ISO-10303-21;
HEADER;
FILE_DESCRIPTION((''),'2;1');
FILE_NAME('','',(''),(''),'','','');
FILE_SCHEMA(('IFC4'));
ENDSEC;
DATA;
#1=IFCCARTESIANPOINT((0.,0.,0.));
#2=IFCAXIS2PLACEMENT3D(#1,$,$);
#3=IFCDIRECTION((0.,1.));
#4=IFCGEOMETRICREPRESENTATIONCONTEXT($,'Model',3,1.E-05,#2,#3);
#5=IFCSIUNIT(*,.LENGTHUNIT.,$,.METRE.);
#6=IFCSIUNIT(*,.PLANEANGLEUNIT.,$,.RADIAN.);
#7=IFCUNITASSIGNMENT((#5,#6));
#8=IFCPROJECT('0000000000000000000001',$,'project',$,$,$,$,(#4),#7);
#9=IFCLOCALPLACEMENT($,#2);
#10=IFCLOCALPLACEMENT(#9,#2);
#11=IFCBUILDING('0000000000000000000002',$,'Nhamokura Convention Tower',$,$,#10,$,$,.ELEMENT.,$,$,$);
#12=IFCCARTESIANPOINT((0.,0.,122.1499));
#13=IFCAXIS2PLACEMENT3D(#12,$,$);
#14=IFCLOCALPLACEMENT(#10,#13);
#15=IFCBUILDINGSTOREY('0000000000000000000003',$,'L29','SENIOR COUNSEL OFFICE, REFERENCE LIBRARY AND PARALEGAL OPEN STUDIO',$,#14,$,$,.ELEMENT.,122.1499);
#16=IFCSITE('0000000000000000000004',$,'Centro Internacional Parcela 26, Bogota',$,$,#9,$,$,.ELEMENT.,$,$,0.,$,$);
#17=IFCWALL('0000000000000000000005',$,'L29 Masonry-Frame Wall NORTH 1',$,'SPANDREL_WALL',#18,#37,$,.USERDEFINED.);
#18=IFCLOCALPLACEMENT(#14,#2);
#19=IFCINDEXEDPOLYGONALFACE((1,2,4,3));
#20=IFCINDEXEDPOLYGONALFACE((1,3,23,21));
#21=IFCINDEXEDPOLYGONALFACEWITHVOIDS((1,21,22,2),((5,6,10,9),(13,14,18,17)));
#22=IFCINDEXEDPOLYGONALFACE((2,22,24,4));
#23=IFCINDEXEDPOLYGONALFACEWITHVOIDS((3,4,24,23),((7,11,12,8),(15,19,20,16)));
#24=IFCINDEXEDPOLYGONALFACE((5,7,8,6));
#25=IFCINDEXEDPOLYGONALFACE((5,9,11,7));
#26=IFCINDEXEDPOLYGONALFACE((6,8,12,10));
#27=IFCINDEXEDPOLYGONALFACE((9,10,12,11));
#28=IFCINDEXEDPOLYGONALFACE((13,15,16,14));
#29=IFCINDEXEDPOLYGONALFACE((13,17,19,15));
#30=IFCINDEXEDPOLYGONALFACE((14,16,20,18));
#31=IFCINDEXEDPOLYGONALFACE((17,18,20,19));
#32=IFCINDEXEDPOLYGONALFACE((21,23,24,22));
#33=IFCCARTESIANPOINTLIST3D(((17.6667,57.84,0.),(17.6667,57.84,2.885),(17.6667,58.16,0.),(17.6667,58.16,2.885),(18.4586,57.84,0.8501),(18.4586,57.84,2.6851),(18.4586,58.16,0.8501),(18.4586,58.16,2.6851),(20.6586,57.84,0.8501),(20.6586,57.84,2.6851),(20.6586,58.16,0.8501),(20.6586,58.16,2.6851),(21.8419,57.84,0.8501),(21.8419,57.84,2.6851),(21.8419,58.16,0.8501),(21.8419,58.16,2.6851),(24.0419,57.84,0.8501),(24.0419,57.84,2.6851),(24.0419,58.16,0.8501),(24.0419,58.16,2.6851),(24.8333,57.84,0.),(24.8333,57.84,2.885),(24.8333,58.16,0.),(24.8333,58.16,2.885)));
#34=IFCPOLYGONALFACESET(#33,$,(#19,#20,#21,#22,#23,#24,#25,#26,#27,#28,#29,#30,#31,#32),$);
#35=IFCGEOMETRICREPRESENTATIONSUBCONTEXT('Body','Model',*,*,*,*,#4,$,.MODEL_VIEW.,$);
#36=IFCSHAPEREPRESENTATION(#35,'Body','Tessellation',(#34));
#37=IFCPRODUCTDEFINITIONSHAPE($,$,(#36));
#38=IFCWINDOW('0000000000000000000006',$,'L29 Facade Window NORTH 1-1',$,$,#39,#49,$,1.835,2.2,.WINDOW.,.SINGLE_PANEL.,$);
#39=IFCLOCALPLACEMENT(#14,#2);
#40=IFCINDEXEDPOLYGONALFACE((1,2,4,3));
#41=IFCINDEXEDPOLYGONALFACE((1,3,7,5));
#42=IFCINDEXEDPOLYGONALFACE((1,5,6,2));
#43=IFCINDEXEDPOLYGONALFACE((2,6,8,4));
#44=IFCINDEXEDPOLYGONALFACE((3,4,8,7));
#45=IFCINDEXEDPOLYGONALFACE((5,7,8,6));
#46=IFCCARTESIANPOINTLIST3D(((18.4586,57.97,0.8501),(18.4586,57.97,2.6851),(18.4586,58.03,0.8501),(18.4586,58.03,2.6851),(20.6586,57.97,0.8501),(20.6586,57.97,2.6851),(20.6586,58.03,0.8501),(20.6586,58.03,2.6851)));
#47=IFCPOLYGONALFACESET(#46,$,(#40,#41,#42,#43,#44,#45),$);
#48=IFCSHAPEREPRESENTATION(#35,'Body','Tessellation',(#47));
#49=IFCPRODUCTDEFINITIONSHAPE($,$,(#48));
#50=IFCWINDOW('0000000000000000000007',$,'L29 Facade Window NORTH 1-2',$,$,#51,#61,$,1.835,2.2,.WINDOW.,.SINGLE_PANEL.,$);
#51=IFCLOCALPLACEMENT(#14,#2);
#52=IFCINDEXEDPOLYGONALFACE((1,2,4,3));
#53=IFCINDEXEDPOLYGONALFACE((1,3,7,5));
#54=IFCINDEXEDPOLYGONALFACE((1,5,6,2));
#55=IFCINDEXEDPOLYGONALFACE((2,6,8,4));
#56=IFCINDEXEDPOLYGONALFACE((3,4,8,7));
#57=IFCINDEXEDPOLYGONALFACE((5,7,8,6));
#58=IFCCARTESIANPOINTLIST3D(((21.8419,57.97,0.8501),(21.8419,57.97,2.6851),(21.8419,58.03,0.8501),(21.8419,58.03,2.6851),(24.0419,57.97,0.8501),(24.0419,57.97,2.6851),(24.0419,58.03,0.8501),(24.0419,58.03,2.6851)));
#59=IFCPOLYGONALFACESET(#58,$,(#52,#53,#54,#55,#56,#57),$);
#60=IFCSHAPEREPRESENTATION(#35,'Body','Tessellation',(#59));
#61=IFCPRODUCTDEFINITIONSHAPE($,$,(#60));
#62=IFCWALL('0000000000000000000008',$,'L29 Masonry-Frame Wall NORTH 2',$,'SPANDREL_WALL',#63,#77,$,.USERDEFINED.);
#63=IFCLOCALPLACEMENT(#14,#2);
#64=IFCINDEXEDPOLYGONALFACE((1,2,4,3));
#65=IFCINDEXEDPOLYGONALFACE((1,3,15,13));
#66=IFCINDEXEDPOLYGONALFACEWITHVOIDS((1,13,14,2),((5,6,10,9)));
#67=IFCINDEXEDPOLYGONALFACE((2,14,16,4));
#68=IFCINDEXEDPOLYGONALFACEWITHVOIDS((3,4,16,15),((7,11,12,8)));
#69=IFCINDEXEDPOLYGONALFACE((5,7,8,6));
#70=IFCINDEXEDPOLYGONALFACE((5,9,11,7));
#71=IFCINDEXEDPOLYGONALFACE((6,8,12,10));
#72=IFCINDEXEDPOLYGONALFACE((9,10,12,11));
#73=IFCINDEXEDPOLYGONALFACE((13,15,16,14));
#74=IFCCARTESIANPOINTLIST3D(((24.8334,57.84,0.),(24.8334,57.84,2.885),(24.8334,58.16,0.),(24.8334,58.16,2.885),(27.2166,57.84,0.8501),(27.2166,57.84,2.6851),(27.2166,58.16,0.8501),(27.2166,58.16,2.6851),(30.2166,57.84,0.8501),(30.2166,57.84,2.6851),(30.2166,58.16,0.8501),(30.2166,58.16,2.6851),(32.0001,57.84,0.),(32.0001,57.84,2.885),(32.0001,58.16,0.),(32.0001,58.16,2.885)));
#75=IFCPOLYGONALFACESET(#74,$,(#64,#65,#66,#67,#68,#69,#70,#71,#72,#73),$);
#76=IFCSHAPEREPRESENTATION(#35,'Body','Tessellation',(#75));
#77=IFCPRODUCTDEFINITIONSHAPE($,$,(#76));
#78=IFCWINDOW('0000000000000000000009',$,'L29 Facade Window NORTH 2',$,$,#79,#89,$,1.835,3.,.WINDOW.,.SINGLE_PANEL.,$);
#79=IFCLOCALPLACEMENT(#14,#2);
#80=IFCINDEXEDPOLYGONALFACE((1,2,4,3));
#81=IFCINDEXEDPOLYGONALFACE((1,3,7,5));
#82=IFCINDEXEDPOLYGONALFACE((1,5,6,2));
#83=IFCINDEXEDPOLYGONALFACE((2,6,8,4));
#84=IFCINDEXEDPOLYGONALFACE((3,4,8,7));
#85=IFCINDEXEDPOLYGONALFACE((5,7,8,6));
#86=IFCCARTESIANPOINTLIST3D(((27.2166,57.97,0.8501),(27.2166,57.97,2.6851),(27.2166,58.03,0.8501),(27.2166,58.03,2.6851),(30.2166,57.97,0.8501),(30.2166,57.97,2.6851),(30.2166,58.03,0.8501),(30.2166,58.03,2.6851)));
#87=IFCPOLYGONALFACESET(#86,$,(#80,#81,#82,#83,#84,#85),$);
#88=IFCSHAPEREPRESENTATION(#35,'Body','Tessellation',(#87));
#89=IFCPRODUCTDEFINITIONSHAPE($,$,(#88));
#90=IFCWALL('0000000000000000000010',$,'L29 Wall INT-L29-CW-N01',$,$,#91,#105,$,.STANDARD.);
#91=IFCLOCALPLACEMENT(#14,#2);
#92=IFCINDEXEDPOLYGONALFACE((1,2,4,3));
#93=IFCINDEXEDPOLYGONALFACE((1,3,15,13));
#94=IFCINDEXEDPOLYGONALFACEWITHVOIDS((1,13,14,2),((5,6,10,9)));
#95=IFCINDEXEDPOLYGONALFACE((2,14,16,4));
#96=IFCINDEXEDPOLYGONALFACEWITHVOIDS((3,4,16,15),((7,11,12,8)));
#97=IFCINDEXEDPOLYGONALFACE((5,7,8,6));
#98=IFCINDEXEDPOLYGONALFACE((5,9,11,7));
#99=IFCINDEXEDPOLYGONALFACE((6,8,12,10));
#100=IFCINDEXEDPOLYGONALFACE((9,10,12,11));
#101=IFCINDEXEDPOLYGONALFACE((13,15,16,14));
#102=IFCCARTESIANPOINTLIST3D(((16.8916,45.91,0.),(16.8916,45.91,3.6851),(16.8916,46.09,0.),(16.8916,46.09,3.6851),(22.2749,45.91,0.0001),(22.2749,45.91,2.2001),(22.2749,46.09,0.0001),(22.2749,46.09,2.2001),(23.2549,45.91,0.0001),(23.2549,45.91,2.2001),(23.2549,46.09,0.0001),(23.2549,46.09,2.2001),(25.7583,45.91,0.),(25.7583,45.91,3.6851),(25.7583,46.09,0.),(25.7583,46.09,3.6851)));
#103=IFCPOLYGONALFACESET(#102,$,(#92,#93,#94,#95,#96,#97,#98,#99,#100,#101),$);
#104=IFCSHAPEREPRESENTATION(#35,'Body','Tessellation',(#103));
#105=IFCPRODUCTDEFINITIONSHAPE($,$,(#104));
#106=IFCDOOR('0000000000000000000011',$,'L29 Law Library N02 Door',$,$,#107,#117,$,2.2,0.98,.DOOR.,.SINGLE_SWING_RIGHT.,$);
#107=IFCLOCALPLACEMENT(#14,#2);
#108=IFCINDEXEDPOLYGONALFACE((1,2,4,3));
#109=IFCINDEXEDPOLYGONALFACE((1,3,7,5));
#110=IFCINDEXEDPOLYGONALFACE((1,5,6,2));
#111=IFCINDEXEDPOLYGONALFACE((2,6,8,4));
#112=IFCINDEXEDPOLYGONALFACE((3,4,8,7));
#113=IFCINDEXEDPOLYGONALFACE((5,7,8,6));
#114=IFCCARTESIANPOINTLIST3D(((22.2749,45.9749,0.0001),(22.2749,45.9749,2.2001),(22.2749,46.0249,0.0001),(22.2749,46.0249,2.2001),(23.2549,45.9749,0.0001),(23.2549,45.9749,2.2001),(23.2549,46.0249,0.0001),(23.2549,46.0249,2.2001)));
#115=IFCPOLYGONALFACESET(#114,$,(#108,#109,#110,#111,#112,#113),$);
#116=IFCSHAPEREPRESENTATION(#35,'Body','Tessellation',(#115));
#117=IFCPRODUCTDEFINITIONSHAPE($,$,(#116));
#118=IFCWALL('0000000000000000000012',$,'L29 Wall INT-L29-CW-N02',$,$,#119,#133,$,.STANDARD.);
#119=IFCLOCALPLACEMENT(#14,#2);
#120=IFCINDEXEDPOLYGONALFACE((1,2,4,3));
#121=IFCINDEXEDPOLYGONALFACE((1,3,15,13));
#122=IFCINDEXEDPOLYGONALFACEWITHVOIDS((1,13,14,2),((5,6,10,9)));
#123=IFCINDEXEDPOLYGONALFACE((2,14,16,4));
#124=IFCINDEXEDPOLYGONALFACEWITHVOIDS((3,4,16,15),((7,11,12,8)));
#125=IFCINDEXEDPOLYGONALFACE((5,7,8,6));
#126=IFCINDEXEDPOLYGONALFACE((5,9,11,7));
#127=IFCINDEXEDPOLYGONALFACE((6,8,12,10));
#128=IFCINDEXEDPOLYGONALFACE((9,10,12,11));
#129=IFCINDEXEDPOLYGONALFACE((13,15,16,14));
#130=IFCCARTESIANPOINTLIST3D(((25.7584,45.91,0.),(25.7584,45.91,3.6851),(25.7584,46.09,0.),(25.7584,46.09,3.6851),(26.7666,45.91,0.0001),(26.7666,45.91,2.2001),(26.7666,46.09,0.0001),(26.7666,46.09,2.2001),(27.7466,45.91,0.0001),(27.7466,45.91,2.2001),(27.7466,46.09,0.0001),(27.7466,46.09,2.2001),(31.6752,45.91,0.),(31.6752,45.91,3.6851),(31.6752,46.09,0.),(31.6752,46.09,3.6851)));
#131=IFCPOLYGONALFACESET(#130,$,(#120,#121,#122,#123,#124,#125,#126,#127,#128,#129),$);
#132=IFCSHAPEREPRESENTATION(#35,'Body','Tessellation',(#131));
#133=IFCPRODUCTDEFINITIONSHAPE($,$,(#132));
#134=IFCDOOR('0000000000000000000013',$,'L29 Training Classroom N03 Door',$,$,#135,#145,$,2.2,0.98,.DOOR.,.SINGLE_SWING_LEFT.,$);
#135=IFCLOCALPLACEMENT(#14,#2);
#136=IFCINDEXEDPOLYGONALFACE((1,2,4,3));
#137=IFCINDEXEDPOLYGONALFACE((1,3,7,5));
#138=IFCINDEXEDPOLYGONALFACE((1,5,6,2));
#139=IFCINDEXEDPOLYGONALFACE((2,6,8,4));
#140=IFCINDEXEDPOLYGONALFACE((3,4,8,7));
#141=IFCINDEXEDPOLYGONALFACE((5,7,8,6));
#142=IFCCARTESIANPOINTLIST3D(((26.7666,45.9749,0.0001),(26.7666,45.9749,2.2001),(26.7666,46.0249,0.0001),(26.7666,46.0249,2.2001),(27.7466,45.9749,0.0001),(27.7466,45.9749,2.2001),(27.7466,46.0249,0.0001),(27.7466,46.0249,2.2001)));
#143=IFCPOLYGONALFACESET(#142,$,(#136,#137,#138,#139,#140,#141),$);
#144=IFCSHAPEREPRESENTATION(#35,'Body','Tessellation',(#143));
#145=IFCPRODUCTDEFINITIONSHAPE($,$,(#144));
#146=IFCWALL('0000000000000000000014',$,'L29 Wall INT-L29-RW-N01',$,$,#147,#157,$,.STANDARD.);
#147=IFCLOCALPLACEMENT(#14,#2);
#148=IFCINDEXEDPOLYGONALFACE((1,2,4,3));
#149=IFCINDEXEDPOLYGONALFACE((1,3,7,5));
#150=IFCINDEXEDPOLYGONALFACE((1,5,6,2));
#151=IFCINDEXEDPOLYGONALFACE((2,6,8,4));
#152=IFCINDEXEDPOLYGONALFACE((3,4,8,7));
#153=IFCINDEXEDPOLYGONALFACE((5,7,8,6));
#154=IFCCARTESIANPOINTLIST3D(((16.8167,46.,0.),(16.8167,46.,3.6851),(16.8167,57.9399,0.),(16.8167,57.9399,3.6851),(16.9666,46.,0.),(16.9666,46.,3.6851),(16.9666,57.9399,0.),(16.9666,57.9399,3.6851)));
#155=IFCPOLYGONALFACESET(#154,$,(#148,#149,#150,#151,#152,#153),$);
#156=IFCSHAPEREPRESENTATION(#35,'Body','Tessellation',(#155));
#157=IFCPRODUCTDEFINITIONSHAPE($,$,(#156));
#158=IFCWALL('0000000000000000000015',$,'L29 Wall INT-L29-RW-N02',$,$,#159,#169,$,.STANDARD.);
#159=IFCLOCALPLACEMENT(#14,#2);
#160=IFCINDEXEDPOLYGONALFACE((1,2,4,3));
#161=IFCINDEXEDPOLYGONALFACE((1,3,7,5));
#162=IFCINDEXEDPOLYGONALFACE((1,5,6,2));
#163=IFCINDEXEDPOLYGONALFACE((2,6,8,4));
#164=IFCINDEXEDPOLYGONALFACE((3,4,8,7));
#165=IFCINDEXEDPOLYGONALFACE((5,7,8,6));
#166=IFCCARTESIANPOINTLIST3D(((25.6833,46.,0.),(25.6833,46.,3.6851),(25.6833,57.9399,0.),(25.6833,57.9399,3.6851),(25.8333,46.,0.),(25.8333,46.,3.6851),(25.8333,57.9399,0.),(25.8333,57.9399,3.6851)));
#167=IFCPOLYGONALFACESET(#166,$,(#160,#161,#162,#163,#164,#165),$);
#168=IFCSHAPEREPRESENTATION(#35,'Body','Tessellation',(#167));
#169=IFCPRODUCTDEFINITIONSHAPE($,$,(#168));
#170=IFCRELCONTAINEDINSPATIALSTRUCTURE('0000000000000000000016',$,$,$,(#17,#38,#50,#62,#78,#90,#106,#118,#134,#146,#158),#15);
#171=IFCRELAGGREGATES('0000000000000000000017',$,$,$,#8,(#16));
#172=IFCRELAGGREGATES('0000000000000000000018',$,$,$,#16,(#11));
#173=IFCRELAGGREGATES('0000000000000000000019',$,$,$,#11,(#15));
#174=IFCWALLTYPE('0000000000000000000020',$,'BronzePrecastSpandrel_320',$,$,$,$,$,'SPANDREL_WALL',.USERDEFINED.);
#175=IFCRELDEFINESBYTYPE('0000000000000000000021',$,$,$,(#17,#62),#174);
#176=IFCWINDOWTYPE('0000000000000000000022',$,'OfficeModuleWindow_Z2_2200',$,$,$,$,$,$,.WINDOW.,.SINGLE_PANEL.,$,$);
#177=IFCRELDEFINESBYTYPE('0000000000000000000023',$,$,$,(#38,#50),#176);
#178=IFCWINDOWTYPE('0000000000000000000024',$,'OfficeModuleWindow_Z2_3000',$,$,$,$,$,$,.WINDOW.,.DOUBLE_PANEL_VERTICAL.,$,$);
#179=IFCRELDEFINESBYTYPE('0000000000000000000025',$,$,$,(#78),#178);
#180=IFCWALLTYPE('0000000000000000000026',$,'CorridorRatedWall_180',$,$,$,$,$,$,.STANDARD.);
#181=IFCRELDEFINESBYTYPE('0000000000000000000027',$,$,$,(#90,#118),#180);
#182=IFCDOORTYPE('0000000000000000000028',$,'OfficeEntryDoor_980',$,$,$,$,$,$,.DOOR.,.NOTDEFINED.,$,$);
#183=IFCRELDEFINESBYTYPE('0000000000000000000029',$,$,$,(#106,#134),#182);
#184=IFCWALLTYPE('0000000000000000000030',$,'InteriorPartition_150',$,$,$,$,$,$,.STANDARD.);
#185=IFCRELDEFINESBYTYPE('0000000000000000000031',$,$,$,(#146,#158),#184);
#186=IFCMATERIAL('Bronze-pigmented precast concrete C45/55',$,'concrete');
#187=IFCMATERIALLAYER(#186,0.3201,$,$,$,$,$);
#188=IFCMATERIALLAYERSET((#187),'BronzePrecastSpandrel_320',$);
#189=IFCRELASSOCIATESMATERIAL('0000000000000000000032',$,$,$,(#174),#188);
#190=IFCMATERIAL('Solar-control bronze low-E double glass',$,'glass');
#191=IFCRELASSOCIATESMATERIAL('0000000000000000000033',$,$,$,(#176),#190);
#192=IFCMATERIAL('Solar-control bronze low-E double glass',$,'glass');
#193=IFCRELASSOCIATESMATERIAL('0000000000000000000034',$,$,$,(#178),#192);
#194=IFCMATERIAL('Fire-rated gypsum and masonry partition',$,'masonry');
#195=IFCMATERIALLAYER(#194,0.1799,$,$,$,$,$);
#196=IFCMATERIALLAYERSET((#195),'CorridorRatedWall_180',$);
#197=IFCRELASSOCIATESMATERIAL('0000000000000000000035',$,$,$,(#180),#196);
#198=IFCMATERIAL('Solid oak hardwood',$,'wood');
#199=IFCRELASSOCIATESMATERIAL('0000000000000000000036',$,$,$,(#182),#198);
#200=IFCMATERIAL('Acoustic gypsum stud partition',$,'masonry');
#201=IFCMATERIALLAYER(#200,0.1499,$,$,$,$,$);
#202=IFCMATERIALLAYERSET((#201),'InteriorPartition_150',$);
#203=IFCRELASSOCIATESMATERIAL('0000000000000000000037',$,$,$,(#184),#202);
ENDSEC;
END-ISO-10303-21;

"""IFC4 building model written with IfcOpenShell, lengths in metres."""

from ifc_helpers import new_model, si_unit, direction, frame, frame_2d, origin, place, context, subcontext, project, spatial, rectangle, extrude, material, layer, layer_set, type_object, element, fill, save


model = new_model("IFC4")

# Units and contexts
model_context = context("Model", 3, precision=1e-05, world=origin(), true_north=direction((0.0, 1.0)))
body_context = subcontext(model_context, "Body", "Model", "MODEL_VIEW")
ifc_project = project(units=[si_unit("LENGTHUNIT", "METRE"), si_unit("PLANEANGLEUNIT", "RADIAN")], contexts=[model_context])

# Site, building, storey
site_placement = place(None, origin())
site = spatial("IfcSite", under=ifc_project, at=site_placement, Name="Centro Internacional Parcela 26, Bogota", CompositionType="ELEMENT", RefElevation=0.0)
building_placement = place(site_placement, origin())
building = spatial("IfcBuilding", under=site, at=building_placement, Name="Nhamokura Convention Tower", CompositionType="ELEMENT")
storey_placement = place(building_placement, frame((0.0, 0.0, 122.1499)))
storey = spatial("IfcBuildingStorey", under=building, at=storey_placement, Name="L29", Description="SENIOR COUNSEL OFFICE, REFERENCE LIBRARY AND PARALEGAL OPEN STUDIO", CompositionType="ELEMENT", Elevation=122.1499)

# Wall, openings, windows
ifc_material_1 = material(Name="Bronze-pigmented precast concrete C45/55", Category="concrete")
ifc_layer_1 = layer(ifc_material_1, 0.3201)
ifc_layer_set_1 = layer_set([ifc_layer_1], Name="BronzePrecastSpandrel_320")
wall_type_1 = type_object("IfcWallType", Name="BronzePrecastSpandrel_320", ElementType="SPANDREL_WALL", PredefinedType="USERDEFINED", material=ifc_layer_set_1)
wall_1_placement = place(storey_placement, frame((17.6667, 58.0, 0.0), z_axis=(0.0, 0.0, 1.0), x_axis=(1.0, 0.0, 0.0)))
wall_1 = element("IfcWall", 1, at=wall_1_placement, inside=storey, type_object=wall_type_1, Name="L29 Masonry-Frame Wall NORTH 1", ObjectType="SPANDREL_WALL", PredefinedType="USERDEFINED", context=body_context, shape_type="SweptSolid", body=[
    extrude(rectangle(XDim=7.1665, YDim=0.3201, at=frame_2d((3.5833, 0.0))), origin(), (0.0, 0.0, 1.0), 2.885),
])
opening_1_placement = place(wall_1_placement, frame((0.7917, 0.0, 0.8501)))
opening_1 = element("IfcOpeningElement", 2, at=opening_1_placement, cuts=wall_1, PredefinedType="OPENING", context=body_context, shape_type="SweptSolid", body=[
    extrude(rectangle(XDim=2.2, YDim=1.835, at=frame_2d((1.1001, 0.9175))), frame((0.0, 0.1699, 0.0), z_axis=(0.0, -1.0, 0.0), x_axis=(1.0, 0.0, 0.0)), (0.0, 0.0, 1.0), 0.3401),
])
opening_2_placement = place(wall_1_placement, frame((4.175, 0.0, 0.8501)))
opening_2 = element("IfcOpeningElement", 3, at=opening_2_placement, cuts=wall_1, PredefinedType="OPENING", context=body_context, shape_type="SweptSolid", body=[
    extrude(rectangle(XDim=2.2, YDim=1.835, at=frame_2d((1.1001, 0.9175))), frame((0.0, 0.1699, 0.0), z_axis=(0.0, -1.0, 0.0), x_axis=(1.0, 0.0, 0.0)), (0.0, 0.0, 1.0), 0.3401),
])
ifc_material_2 = material(Name="Solar-control bronze low-E double glass", Category="glass")
window_type_1 = type_object("IfcWindowType", Name="OfficeModuleWindow_Z2_2200", PartitioningType="SINGLE_PANEL", PredefinedType="WINDOW", material=ifc_material_2)
window_1_placement = place(opening_1_placement, origin())
window_1 = element("IfcWindow", 4, at=window_1_placement, inside=storey, type_object=window_type_1, Name="L29 Facade Window NORTH 1-1", OverallHeight=1.835, OverallWidth=2.2, PartitioningType="SINGLE_PANEL", PredefinedType="WINDOW", context=body_context, shape_type="SweptSolid", body=[
    extrude(rectangle(XDim=2.2, YDim=1.835, at=frame_2d((1.1001, 0.9175))), frame((0.0, 0.03, 0.0), z_axis=(0.0, -1.0, 0.0), x_axis=(1.0, 0.0, 0.0)), (0.0, 0.0, 1.0), 0.0601),
])
fill(opening_1, window_1)
window_2_placement = place(opening_2_placement, origin())
window_2 = element("IfcWindow", 5, at=window_2_placement, inside=storey, type_object=window_type_1, Name="L29 Facade Window NORTH 1-2", OverallHeight=1.835, OverallWidth=2.2, PartitioningType="SINGLE_PANEL", PredefinedType="WINDOW", context=body_context, shape_type="SweptSolid", body=[
    extrude(rectangle(XDim=2.2, YDim=1.835, at=frame_2d((1.1001, 0.9175))), frame((0.0, 0.03, 0.0), z_axis=(0.0, -1.0, 0.0), x_axis=(1.0, 0.0, 0.0)), (0.0, 0.0, 1.0), 0.0601),
])
fill(opening_2, window_2)

# Wall, opening, window
wall_2_placement = place(storey_placement, frame((24.8333, 58.0, 0.0), z_axis=(0.0, 0.0, 1.0), x_axis=(1.0, 0.0, 0.0)))
wall_2 = element("IfcWall", 6, at=wall_2_placement, inside=storey, type_object=wall_type_1, Name="L29 Masonry-Frame Wall NORTH 2", ObjectType="SPANDREL_WALL", PredefinedType="USERDEFINED", context=body_context, shape_type="SweptSolid", body=[
    extrude(rectangle(XDim=7.1667, YDim=0.3201, at=frame_2d((3.5835, 0.0))), origin(), (0.0, 0.0, 1.0), 2.885),
])
opening_3_placement = place(wall_2_placement, frame((2.3833, 0.0, 0.8501)))
opening_3 = element("IfcOpeningElement", 7, at=opening_3_placement, cuts=wall_2, PredefinedType="OPENING", context=body_context, shape_type="SweptSolid", body=[
    extrude(rectangle(XDim=3.0, YDim=1.835, at=frame_2d((1.5, 0.9175))), frame((0.0, 0.1699, 0.0), z_axis=(0.0, -1.0, 0.0), x_axis=(1.0, 0.0, 0.0)), (0.0, 0.0, 1.0), 0.3401),
])
ifc_material_3 = material(Name="Solar-control bronze low-E double glass", Category="glass")
window_type_2 = type_object("IfcWindowType", Name="OfficeModuleWindow_Z2_3000", PartitioningType="DOUBLE_PANEL_VERTICAL", PredefinedType="WINDOW", material=ifc_material_3)
window_3_placement = place(opening_3_placement, origin())
window_3 = element("IfcWindow", 8, at=window_3_placement, inside=storey, type_object=window_type_2, Name="L29 Facade Window NORTH 2", OverallHeight=1.835, OverallWidth=3.0, PartitioningType="SINGLE_PANEL", PredefinedType="WINDOW", context=body_context, shape_type="SweptSolid", body=[
    extrude(rectangle(XDim=3.0, YDim=1.835, at=frame_2d((1.5, 0.9175))), frame((0.0, 0.03, 0.0), z_axis=(0.0, -1.0, 0.0), x_axis=(1.0, 0.0, 0.0)), (0.0, 0.0, 1.0), 0.0601),
])
fill(opening_3, window_3)

# Walls, openings, doors
ifc_material_4 = material(Name="Fire-rated gypsum and masonry partition", Category="masonry")
ifc_layer_2 = layer(ifc_material_4, 0.1799)
ifc_layer_set_2 = layer_set([ifc_layer_2], Name="CorridorRatedWall_180")
wall_type_2 = type_object("IfcWallType", Name="CorridorRatedWall_180", PredefinedType="STANDARD", material=ifc_layer_set_2)
wall_3_placement = place(storey_placement, frame((16.8916, 46.0, 0.0), z_axis=(0.0, 0.0, 1.0), x_axis=(1.0, 0.0, 0.0)))
wall_3 = element("IfcWall", 9, at=wall_3_placement, inside=storey, type_object=wall_type_2, Name="L29 Wall INT-L29-CW-N01", PredefinedType="STANDARD", context=body_context, shape_type="SweptSolid", body=[
    extrude(rectangle(XDim=8.8667, YDim=0.1799, at=frame_2d((4.4333, 0.0))), origin(), (0.0, 0.0, 1.0), 3.6851),
])
opening_4_placement = place(wall_3_placement, frame((5.3833, 0.0, 0.0)))
opening_4 = element("IfcOpeningElement", 10, at=opening_4_placement, cuts=wall_3, PredefinedType="OPENING", context=body_context, shape_type="SweptSolid", body=[
    extrude(rectangle(XDim=0.98, YDim=2.2, at=frame_2d((0.49, 1.1001))), frame((0.0, 0.0999, 0.0), z_axis=(0.0, -1.0, 0.0), x_axis=(1.0, 0.0, 0.0)), (0.0, 0.0, 1.0), 0.2),
])
ifc_material_5 = material(Name="Solid oak hardwood", Category="wood")
door_type = type_object("IfcDoorType", Name="OfficeEntryDoor_980", OperationType="NOTDEFINED", PredefinedType="DOOR", material=ifc_material_5)
door_1_placement = place(opening_4_placement, origin())
door_1 = element("IfcDoor", 11, at=door_1_placement, inside=storey, type_object=door_type, Name="L29 Law Library N02 Door", OperationType="SINGLE_SWING_RIGHT", OverallHeight=2.2, OverallWidth=0.98, PredefinedType="DOOR", context=body_context, shape_type="SweptSolid", body=[
    extrude(rectangle(XDim=0.98, YDim=2.2, at=frame_2d((0.49, 1.1001))), frame((0.0, 0.0249, 0.0), z_axis=(0.0, -1.0, 0.0), x_axis=(1.0, 0.0, 0.0)), (0.0, 0.0, 1.0), 0.05),
])
fill(opening_4, door_1)
wall_4_placement = place(storey_placement, frame((25.7583, 46.0, 0.0), z_axis=(0.0, 0.0, 1.0), x_axis=(1.0, 0.0, 0.0)))
wall_4 = element("IfcWall", 12, at=wall_4_placement, inside=storey, type_object=wall_type_2, Name="L29 Wall INT-L29-CW-N02", PredefinedType="STANDARD", context=body_context, shape_type="SweptSolid", body=[
    extrude(rectangle(XDim=5.9167, YDim=0.1799, at=frame_2d((2.9585, 0.0))), origin(), (0.0, 0.0, 1.0), 3.6851),
])
opening_5_placement = place(wall_4_placement, frame((1.0083, 0.0, 0.0)))
opening_5 = element("IfcOpeningElement", 13, at=opening_5_placement, cuts=wall_4, PredefinedType="OPENING", context=body_context, shape_type="SweptSolid", body=[
    extrude(rectangle(XDim=0.98, YDim=2.2, at=frame_2d((0.49, 1.1001))), frame((0.0, 0.0999, 0.0), z_axis=(0.0, -1.0, 0.0), x_axis=(1.0, 0.0, 0.0)), (0.0, 0.0, 1.0), 0.2),
])
door_2_placement = place(opening_5_placement, origin())
door_2 = element("IfcDoor", 14, at=door_2_placement, inside=storey, type_object=door_type, Name="L29 Training Classroom N03 Door", OperationType="SINGLE_SWING_LEFT", OverallHeight=2.2, OverallWidth=0.98, PredefinedType="DOOR", context=body_context, shape_type="SweptSolid", body=[
    extrude(rectangle(XDim=0.98, YDim=2.2, at=frame_2d((0.49, 1.1001))), frame((0.0, 0.0249, 0.0), z_axis=(0.0, -1.0, 0.0), x_axis=(1.0, 0.0, 0.0)), (0.0, 0.0, 1.0), 0.05),
])
fill(opening_5, door_2)

# Walls
ifc_material_6 = material(Name="Acoustic gypsum stud partition", Category="masonry")
ifc_layer_3 = layer(ifc_material_6, 0.1499)
ifc_layer_set_3 = layer_set([ifc_layer_3], Name="InteriorPartition_150")
wall_type_3 = type_object("IfcWallType", Name="InteriorPartition_150", PredefinedType="STANDARD", material=ifc_layer_set_3)
for number, where, z_axis, x_axis, name in (
    (15, (16.8916, 46.0, 0.0), (0.0, 0.0, 1.0), (0.0, 1.0, 0.0), "L29 Wall INT-L29-RW-N01"),
    (16, (25.7583, 46.0, 0.0), (0.0, 0.0, 1.0), (0.0, 1.0, 0.0), "L29 Wall INT-L29-RW-N02"),
):
    element("IfcWall", number, at=place(storey_placement, frame(where, z_axis=z_axis, x_axis=x_axis)), inside=storey, type_object=wall_type_3, Name=name, PredefinedType="STANDARD", context=body_context, shape_type="SweptSolid", body=[
        extrude(rectangle(XDim=11.9399, YDim=0.1499, at=frame_2d((5.97, 0.0))), origin(), (0.0, 0.0, 1.0), 3.6851),
    ])

save(model, "model.ifc")
